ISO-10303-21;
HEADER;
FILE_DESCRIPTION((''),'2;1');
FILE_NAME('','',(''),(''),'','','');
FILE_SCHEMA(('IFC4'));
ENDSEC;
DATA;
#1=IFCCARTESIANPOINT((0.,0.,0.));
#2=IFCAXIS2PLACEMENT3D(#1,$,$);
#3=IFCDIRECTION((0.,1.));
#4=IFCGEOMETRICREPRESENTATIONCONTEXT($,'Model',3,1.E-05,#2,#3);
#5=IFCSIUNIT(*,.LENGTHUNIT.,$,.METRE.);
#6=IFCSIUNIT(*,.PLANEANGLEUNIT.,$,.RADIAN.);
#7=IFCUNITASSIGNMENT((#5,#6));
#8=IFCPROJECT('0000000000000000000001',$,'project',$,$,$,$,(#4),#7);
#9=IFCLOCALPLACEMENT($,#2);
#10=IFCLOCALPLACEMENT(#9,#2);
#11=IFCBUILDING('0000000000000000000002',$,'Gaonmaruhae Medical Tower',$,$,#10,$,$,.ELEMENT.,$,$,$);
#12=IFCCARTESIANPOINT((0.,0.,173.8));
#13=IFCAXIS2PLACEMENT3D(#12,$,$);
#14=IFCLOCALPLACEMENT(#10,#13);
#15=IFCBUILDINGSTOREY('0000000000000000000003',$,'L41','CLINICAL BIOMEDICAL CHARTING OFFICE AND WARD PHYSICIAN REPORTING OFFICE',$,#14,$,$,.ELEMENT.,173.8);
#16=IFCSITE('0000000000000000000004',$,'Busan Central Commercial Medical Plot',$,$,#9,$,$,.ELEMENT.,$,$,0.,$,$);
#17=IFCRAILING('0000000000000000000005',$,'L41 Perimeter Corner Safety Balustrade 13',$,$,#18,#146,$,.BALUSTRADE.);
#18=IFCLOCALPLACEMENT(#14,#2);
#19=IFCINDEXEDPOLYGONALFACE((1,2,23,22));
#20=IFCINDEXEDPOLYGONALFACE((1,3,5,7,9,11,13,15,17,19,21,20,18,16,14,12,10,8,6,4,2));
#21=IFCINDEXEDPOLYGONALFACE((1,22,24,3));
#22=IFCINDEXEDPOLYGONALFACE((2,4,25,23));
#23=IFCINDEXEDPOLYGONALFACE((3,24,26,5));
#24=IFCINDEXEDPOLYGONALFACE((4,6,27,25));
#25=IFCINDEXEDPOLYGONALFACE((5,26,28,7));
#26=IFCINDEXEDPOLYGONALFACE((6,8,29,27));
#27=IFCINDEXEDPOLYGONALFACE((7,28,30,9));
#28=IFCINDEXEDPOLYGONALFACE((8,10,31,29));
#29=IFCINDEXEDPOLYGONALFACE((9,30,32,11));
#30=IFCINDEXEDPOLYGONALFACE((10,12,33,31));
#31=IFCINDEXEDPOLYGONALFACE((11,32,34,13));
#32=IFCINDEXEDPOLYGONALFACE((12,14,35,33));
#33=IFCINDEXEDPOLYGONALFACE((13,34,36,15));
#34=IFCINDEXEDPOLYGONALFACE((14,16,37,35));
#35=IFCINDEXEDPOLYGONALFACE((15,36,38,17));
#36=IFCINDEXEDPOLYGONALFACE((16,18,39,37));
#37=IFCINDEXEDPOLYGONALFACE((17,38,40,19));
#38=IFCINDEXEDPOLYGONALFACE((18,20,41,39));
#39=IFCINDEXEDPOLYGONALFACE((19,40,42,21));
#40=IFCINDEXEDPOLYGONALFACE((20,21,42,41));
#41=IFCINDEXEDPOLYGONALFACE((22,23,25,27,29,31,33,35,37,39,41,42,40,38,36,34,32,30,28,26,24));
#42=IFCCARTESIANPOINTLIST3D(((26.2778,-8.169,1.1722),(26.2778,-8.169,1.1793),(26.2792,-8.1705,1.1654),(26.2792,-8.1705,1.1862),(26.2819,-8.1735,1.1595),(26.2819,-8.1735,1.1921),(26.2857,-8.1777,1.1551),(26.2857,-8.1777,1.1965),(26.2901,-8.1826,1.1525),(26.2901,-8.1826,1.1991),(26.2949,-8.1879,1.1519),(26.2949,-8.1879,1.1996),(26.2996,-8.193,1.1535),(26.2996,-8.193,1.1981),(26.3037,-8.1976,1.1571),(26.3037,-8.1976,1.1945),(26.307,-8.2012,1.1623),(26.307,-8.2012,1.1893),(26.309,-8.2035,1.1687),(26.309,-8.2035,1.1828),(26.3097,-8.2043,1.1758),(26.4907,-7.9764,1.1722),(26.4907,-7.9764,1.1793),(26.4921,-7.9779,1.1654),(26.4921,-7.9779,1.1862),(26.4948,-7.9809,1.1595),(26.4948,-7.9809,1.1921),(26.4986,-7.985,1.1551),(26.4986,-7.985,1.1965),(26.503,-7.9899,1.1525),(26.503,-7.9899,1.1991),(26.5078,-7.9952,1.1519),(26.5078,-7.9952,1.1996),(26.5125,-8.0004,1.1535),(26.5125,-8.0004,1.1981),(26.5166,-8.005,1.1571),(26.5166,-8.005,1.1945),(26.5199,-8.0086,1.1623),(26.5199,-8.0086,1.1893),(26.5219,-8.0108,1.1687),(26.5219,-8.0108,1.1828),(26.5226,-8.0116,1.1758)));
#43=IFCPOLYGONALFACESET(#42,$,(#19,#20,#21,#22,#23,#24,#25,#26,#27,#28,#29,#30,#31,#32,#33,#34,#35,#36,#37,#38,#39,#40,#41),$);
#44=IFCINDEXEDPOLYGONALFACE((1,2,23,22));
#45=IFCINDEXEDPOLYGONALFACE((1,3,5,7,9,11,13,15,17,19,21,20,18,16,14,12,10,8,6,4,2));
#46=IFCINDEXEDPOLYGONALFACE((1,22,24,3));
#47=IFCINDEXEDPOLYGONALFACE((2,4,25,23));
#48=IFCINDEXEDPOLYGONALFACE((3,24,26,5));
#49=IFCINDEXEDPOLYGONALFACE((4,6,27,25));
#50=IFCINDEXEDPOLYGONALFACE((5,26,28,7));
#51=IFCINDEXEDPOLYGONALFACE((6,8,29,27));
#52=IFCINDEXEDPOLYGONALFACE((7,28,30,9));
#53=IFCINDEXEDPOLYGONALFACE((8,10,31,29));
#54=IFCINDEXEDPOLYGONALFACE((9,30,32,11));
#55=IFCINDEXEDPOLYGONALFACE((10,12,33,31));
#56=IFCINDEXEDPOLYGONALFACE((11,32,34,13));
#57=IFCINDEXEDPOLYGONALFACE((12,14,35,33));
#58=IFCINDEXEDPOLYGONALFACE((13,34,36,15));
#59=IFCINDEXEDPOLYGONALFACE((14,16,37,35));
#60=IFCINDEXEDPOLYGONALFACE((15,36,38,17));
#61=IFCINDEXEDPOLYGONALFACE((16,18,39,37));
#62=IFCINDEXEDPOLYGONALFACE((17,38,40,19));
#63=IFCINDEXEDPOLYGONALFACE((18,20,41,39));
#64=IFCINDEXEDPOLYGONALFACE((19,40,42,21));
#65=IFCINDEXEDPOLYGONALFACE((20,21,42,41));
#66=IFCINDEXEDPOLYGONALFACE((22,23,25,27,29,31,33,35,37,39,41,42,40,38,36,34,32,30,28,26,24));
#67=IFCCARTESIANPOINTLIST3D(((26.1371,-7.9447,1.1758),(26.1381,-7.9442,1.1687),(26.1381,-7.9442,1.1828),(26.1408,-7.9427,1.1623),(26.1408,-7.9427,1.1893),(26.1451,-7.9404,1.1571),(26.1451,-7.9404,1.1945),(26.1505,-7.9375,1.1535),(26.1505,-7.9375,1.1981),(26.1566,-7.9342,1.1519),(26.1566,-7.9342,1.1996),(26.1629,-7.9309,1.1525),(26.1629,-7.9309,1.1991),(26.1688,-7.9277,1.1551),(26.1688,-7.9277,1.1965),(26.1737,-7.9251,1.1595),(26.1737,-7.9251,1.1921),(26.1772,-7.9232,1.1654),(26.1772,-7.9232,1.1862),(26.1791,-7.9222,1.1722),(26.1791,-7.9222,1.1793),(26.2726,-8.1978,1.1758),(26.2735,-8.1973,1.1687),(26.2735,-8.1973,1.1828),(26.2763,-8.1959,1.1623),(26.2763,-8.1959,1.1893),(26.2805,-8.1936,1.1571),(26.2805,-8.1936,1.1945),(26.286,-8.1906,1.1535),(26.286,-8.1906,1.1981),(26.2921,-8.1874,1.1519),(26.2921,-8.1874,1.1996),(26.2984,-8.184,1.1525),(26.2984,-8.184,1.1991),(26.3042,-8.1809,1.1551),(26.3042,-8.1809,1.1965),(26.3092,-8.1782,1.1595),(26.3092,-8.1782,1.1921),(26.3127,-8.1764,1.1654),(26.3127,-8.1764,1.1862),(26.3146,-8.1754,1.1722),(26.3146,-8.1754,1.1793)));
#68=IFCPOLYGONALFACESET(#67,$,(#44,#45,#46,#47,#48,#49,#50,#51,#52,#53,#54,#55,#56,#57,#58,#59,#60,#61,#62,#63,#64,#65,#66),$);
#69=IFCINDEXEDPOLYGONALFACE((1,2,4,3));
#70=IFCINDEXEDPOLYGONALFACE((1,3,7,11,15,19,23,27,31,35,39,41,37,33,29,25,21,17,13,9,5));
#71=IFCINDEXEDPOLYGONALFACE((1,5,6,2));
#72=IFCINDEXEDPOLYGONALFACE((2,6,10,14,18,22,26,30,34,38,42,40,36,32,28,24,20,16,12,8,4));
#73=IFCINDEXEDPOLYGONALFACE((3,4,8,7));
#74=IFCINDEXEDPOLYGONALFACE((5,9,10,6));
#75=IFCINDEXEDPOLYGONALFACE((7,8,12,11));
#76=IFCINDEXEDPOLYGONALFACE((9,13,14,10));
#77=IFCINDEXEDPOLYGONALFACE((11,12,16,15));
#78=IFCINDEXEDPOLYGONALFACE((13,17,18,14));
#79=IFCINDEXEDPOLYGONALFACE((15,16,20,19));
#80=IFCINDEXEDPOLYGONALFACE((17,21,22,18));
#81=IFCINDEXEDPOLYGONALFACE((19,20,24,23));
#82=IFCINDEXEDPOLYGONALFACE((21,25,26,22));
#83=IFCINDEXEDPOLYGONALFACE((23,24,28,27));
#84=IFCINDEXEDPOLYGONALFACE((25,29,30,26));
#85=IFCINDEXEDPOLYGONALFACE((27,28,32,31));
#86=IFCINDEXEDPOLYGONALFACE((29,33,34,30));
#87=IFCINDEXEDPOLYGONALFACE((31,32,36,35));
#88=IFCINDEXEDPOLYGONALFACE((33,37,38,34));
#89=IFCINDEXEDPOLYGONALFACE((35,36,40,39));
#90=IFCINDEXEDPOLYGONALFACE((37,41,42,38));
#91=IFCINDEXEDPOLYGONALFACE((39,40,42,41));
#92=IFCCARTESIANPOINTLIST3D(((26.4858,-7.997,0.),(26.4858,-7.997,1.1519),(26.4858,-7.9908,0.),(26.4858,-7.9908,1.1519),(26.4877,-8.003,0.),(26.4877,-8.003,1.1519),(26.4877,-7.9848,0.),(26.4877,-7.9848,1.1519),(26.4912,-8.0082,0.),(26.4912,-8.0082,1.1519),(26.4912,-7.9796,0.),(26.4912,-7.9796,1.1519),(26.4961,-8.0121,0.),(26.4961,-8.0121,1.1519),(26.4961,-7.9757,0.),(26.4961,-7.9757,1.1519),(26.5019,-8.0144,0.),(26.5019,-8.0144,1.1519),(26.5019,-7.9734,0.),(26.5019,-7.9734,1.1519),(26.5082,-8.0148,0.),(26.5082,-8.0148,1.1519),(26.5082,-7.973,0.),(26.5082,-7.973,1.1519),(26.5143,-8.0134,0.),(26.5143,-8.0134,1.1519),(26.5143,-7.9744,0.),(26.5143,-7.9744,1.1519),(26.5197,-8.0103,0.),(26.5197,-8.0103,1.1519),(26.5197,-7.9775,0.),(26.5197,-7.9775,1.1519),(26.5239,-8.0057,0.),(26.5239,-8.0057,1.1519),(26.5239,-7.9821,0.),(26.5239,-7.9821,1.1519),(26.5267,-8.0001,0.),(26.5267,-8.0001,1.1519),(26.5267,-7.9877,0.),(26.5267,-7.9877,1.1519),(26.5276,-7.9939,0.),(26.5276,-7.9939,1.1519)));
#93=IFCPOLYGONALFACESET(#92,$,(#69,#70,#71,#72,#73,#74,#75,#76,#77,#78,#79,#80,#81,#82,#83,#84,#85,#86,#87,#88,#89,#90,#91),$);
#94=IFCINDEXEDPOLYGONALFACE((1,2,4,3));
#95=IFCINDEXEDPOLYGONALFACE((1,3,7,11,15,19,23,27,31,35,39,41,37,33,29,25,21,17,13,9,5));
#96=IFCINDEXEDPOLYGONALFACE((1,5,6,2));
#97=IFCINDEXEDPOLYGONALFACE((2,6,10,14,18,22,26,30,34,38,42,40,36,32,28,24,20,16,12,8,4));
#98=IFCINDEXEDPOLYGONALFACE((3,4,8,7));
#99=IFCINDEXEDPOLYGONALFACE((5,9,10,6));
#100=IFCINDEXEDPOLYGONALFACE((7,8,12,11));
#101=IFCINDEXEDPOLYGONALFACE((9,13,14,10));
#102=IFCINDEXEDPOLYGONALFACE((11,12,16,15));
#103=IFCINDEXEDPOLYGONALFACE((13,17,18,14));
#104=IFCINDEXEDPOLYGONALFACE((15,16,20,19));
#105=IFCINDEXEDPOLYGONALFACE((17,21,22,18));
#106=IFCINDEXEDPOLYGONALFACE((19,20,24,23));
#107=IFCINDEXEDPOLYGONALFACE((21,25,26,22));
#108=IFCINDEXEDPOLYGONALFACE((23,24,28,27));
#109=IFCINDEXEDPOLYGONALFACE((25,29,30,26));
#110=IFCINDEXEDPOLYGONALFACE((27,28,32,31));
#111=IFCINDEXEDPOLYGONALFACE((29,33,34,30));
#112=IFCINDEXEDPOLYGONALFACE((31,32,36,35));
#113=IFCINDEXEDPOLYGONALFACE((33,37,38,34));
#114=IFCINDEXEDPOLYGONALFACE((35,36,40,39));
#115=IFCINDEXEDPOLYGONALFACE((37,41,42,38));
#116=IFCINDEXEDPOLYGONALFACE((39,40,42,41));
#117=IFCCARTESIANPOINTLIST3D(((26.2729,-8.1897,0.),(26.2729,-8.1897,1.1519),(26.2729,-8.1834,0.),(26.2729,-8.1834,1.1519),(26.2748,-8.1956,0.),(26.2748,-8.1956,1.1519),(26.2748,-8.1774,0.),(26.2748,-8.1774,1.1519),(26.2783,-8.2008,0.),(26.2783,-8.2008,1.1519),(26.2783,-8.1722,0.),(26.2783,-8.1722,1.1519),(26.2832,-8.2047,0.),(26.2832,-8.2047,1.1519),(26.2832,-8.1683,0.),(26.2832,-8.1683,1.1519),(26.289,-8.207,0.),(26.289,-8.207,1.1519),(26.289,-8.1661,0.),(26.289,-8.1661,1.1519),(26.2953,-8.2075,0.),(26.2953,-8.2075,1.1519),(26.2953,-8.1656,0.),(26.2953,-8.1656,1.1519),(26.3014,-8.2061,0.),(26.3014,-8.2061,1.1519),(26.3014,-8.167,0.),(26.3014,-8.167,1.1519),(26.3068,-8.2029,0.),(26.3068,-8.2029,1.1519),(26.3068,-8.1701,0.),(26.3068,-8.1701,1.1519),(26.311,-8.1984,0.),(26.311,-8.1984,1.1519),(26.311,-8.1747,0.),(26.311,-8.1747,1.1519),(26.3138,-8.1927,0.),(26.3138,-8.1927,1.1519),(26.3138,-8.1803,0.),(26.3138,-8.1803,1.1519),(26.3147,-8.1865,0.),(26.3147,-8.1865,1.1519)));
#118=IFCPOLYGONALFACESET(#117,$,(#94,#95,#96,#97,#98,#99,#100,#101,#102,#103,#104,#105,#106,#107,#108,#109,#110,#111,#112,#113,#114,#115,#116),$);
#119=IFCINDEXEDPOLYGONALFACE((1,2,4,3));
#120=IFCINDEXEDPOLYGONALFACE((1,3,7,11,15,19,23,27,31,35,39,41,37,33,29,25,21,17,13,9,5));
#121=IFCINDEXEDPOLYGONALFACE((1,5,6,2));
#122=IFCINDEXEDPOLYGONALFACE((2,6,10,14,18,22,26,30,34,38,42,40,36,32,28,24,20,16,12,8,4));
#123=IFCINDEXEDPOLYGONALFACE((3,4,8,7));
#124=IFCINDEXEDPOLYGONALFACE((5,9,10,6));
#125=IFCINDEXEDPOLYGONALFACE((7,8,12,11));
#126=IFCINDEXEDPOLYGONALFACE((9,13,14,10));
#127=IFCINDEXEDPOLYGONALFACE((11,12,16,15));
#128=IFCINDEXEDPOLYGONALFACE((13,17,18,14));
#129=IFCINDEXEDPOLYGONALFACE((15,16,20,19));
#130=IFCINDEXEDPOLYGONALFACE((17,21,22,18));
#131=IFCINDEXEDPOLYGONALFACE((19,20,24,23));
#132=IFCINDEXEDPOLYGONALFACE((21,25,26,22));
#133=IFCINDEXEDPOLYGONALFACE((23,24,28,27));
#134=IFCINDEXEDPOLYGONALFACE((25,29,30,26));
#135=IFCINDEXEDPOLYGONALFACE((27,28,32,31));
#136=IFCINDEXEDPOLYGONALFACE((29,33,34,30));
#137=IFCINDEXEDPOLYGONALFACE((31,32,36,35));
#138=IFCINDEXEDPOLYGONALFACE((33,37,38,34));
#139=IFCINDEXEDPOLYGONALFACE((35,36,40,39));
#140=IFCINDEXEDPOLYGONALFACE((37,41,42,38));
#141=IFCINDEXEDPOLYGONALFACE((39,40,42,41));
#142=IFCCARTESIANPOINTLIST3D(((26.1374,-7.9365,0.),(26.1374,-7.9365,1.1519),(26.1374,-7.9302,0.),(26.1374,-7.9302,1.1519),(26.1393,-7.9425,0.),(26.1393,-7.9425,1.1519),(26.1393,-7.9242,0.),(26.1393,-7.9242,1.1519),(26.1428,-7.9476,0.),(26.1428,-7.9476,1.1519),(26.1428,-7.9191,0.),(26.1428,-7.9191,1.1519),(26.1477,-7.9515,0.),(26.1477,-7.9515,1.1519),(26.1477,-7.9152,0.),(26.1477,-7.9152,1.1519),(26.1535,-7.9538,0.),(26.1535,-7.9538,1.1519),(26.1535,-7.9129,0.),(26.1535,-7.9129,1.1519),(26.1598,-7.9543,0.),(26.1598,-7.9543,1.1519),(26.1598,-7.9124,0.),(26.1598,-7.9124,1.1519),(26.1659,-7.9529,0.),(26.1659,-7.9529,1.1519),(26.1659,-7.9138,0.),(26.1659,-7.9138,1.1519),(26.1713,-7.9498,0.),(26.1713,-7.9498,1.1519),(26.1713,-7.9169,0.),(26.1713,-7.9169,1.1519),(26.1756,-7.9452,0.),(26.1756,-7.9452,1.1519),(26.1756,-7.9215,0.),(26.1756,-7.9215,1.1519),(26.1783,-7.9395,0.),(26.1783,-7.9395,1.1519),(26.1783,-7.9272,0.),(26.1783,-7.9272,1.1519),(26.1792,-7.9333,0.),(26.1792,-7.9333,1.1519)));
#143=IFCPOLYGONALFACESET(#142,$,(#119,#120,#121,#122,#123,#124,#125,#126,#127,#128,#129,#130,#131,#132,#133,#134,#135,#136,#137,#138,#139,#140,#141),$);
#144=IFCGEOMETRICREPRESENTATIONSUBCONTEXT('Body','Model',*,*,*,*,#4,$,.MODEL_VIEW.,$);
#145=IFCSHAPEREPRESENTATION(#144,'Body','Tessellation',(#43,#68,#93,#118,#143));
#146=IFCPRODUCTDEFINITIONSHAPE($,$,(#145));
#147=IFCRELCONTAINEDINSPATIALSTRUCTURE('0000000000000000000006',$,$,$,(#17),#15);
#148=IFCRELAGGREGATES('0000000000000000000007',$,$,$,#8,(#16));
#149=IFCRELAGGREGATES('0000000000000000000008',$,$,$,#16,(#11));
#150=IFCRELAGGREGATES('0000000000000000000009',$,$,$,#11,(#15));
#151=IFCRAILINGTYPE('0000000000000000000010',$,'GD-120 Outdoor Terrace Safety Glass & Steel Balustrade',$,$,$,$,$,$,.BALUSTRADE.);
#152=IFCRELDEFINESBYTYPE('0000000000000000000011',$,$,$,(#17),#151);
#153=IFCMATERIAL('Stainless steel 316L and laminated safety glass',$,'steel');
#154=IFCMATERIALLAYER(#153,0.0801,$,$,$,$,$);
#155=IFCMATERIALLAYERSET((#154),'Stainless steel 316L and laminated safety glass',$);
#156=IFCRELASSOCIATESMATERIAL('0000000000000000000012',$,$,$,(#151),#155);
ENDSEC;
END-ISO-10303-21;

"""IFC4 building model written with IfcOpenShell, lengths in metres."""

from ifc_helpers import new_model, si_unit, direction, frame, origin, origin_2d, place, context, subcontext, project, spatial, circle, extrude, material, layer, layer_set, type_object, element, save


model = new_model("IFC4")

# Units and contexts
model_context = context("Model", 3, precision=1e-05, world=origin(), true_north=direction((0.0, 1.0)))
body_context = subcontext(model_context, "Body", "Model", "MODEL_VIEW")
ifc_project = project(units=[si_unit("LENGTHUNIT", "METRE"), si_unit("PLANEANGLEUNIT", "RADIAN")], contexts=[model_context])

# Site, building, storey
site_placement = place(None, origin())
site = spatial("IfcSite", under=ifc_project, at=site_placement, Name="Busan Central Commercial Medical Plot", CompositionType="ELEMENT", RefElevation=0.0)
building_placement = place(site_placement, origin())
building = spatial("IfcBuilding", under=site, at=building_placement, Name="Gaonmaruhae Medical Tower", CompositionType="ELEMENT")
storey_placement = place(building_placement, frame((0.0, 0.0, 173.8)))
storey = spatial("IfcBuildingStorey", under=building, at=storey_placement, Name="L41", Description="CLINICAL BIOMEDICAL CHARTING OFFICE AND WARD PHYSICIAN REPORTING OFFICE", CompositionType="ELEMENT", Elevation=173.8)

# Railing
ifc_material_1 = material(Name="Stainless steel 316L and laminated safety glass", Category="steel")
ifc_layer_1 = layer(ifc_material_1, 0.0801)
ifc_layer_set_1 = layer_set([ifc_layer_1], Name="Stainless steel 316L and laminated safety glass")
railing_type = type_object("IfcRailingType", Name="GD-120 Outdoor Terrace Safety Glass & Steel Balustrade", PredefinedType="BALUSTRADE", material=ifc_layer_set_1)
railing_1_placement = place(storey_placement, frame((26.5066, -7.9939, 0.0)))
element("IfcRailing", 1, at=railing_1_placement, inside=storey, type_object=railing_type, Name="L41 Perimeter Corner Safety Balustrade 13", PredefinedType="BALUSTRADE", context=body_context, shape_type="SweptSolid", body=[
    extrude(circle(Radius=0.0239, at=origin_2d()), frame((0.0, 0.0, 1.1758), z_axis=(-0.741516, -0.670936, 0.0), x_axis=(0.670936, -0.741516, 0.0)), (0.0, 0.0, 1.0), 0.2871),
    extrude(circle(Radius=0.0239, at=origin_2d()), frame((-0.2129, -0.1926, 1.1758), z_axis=(-0.471867, 0.881669, 0.0), x_axis=(-0.881669, -0.471867, 0.0)), (0.0, 0.0, 1.0), 0.2871),
    extrude(circle(Radius=0.021, at=origin_2d()), origin(), (0.0, 0.0, 1.0), 1.1519),
    extrude(circle(Radius=0.021, at=origin_2d()), frame((-0.2129, -0.1926, 0.0)), (0.0, 0.0, 1.0), 1.1519),
    extrude(circle(Radius=0.021, at=origin_2d()), frame((-0.3484, 0.0605, 0.0)), (0.0, 0.0, 1.0), 1.1519),
])

save(model, "model.ifc")
